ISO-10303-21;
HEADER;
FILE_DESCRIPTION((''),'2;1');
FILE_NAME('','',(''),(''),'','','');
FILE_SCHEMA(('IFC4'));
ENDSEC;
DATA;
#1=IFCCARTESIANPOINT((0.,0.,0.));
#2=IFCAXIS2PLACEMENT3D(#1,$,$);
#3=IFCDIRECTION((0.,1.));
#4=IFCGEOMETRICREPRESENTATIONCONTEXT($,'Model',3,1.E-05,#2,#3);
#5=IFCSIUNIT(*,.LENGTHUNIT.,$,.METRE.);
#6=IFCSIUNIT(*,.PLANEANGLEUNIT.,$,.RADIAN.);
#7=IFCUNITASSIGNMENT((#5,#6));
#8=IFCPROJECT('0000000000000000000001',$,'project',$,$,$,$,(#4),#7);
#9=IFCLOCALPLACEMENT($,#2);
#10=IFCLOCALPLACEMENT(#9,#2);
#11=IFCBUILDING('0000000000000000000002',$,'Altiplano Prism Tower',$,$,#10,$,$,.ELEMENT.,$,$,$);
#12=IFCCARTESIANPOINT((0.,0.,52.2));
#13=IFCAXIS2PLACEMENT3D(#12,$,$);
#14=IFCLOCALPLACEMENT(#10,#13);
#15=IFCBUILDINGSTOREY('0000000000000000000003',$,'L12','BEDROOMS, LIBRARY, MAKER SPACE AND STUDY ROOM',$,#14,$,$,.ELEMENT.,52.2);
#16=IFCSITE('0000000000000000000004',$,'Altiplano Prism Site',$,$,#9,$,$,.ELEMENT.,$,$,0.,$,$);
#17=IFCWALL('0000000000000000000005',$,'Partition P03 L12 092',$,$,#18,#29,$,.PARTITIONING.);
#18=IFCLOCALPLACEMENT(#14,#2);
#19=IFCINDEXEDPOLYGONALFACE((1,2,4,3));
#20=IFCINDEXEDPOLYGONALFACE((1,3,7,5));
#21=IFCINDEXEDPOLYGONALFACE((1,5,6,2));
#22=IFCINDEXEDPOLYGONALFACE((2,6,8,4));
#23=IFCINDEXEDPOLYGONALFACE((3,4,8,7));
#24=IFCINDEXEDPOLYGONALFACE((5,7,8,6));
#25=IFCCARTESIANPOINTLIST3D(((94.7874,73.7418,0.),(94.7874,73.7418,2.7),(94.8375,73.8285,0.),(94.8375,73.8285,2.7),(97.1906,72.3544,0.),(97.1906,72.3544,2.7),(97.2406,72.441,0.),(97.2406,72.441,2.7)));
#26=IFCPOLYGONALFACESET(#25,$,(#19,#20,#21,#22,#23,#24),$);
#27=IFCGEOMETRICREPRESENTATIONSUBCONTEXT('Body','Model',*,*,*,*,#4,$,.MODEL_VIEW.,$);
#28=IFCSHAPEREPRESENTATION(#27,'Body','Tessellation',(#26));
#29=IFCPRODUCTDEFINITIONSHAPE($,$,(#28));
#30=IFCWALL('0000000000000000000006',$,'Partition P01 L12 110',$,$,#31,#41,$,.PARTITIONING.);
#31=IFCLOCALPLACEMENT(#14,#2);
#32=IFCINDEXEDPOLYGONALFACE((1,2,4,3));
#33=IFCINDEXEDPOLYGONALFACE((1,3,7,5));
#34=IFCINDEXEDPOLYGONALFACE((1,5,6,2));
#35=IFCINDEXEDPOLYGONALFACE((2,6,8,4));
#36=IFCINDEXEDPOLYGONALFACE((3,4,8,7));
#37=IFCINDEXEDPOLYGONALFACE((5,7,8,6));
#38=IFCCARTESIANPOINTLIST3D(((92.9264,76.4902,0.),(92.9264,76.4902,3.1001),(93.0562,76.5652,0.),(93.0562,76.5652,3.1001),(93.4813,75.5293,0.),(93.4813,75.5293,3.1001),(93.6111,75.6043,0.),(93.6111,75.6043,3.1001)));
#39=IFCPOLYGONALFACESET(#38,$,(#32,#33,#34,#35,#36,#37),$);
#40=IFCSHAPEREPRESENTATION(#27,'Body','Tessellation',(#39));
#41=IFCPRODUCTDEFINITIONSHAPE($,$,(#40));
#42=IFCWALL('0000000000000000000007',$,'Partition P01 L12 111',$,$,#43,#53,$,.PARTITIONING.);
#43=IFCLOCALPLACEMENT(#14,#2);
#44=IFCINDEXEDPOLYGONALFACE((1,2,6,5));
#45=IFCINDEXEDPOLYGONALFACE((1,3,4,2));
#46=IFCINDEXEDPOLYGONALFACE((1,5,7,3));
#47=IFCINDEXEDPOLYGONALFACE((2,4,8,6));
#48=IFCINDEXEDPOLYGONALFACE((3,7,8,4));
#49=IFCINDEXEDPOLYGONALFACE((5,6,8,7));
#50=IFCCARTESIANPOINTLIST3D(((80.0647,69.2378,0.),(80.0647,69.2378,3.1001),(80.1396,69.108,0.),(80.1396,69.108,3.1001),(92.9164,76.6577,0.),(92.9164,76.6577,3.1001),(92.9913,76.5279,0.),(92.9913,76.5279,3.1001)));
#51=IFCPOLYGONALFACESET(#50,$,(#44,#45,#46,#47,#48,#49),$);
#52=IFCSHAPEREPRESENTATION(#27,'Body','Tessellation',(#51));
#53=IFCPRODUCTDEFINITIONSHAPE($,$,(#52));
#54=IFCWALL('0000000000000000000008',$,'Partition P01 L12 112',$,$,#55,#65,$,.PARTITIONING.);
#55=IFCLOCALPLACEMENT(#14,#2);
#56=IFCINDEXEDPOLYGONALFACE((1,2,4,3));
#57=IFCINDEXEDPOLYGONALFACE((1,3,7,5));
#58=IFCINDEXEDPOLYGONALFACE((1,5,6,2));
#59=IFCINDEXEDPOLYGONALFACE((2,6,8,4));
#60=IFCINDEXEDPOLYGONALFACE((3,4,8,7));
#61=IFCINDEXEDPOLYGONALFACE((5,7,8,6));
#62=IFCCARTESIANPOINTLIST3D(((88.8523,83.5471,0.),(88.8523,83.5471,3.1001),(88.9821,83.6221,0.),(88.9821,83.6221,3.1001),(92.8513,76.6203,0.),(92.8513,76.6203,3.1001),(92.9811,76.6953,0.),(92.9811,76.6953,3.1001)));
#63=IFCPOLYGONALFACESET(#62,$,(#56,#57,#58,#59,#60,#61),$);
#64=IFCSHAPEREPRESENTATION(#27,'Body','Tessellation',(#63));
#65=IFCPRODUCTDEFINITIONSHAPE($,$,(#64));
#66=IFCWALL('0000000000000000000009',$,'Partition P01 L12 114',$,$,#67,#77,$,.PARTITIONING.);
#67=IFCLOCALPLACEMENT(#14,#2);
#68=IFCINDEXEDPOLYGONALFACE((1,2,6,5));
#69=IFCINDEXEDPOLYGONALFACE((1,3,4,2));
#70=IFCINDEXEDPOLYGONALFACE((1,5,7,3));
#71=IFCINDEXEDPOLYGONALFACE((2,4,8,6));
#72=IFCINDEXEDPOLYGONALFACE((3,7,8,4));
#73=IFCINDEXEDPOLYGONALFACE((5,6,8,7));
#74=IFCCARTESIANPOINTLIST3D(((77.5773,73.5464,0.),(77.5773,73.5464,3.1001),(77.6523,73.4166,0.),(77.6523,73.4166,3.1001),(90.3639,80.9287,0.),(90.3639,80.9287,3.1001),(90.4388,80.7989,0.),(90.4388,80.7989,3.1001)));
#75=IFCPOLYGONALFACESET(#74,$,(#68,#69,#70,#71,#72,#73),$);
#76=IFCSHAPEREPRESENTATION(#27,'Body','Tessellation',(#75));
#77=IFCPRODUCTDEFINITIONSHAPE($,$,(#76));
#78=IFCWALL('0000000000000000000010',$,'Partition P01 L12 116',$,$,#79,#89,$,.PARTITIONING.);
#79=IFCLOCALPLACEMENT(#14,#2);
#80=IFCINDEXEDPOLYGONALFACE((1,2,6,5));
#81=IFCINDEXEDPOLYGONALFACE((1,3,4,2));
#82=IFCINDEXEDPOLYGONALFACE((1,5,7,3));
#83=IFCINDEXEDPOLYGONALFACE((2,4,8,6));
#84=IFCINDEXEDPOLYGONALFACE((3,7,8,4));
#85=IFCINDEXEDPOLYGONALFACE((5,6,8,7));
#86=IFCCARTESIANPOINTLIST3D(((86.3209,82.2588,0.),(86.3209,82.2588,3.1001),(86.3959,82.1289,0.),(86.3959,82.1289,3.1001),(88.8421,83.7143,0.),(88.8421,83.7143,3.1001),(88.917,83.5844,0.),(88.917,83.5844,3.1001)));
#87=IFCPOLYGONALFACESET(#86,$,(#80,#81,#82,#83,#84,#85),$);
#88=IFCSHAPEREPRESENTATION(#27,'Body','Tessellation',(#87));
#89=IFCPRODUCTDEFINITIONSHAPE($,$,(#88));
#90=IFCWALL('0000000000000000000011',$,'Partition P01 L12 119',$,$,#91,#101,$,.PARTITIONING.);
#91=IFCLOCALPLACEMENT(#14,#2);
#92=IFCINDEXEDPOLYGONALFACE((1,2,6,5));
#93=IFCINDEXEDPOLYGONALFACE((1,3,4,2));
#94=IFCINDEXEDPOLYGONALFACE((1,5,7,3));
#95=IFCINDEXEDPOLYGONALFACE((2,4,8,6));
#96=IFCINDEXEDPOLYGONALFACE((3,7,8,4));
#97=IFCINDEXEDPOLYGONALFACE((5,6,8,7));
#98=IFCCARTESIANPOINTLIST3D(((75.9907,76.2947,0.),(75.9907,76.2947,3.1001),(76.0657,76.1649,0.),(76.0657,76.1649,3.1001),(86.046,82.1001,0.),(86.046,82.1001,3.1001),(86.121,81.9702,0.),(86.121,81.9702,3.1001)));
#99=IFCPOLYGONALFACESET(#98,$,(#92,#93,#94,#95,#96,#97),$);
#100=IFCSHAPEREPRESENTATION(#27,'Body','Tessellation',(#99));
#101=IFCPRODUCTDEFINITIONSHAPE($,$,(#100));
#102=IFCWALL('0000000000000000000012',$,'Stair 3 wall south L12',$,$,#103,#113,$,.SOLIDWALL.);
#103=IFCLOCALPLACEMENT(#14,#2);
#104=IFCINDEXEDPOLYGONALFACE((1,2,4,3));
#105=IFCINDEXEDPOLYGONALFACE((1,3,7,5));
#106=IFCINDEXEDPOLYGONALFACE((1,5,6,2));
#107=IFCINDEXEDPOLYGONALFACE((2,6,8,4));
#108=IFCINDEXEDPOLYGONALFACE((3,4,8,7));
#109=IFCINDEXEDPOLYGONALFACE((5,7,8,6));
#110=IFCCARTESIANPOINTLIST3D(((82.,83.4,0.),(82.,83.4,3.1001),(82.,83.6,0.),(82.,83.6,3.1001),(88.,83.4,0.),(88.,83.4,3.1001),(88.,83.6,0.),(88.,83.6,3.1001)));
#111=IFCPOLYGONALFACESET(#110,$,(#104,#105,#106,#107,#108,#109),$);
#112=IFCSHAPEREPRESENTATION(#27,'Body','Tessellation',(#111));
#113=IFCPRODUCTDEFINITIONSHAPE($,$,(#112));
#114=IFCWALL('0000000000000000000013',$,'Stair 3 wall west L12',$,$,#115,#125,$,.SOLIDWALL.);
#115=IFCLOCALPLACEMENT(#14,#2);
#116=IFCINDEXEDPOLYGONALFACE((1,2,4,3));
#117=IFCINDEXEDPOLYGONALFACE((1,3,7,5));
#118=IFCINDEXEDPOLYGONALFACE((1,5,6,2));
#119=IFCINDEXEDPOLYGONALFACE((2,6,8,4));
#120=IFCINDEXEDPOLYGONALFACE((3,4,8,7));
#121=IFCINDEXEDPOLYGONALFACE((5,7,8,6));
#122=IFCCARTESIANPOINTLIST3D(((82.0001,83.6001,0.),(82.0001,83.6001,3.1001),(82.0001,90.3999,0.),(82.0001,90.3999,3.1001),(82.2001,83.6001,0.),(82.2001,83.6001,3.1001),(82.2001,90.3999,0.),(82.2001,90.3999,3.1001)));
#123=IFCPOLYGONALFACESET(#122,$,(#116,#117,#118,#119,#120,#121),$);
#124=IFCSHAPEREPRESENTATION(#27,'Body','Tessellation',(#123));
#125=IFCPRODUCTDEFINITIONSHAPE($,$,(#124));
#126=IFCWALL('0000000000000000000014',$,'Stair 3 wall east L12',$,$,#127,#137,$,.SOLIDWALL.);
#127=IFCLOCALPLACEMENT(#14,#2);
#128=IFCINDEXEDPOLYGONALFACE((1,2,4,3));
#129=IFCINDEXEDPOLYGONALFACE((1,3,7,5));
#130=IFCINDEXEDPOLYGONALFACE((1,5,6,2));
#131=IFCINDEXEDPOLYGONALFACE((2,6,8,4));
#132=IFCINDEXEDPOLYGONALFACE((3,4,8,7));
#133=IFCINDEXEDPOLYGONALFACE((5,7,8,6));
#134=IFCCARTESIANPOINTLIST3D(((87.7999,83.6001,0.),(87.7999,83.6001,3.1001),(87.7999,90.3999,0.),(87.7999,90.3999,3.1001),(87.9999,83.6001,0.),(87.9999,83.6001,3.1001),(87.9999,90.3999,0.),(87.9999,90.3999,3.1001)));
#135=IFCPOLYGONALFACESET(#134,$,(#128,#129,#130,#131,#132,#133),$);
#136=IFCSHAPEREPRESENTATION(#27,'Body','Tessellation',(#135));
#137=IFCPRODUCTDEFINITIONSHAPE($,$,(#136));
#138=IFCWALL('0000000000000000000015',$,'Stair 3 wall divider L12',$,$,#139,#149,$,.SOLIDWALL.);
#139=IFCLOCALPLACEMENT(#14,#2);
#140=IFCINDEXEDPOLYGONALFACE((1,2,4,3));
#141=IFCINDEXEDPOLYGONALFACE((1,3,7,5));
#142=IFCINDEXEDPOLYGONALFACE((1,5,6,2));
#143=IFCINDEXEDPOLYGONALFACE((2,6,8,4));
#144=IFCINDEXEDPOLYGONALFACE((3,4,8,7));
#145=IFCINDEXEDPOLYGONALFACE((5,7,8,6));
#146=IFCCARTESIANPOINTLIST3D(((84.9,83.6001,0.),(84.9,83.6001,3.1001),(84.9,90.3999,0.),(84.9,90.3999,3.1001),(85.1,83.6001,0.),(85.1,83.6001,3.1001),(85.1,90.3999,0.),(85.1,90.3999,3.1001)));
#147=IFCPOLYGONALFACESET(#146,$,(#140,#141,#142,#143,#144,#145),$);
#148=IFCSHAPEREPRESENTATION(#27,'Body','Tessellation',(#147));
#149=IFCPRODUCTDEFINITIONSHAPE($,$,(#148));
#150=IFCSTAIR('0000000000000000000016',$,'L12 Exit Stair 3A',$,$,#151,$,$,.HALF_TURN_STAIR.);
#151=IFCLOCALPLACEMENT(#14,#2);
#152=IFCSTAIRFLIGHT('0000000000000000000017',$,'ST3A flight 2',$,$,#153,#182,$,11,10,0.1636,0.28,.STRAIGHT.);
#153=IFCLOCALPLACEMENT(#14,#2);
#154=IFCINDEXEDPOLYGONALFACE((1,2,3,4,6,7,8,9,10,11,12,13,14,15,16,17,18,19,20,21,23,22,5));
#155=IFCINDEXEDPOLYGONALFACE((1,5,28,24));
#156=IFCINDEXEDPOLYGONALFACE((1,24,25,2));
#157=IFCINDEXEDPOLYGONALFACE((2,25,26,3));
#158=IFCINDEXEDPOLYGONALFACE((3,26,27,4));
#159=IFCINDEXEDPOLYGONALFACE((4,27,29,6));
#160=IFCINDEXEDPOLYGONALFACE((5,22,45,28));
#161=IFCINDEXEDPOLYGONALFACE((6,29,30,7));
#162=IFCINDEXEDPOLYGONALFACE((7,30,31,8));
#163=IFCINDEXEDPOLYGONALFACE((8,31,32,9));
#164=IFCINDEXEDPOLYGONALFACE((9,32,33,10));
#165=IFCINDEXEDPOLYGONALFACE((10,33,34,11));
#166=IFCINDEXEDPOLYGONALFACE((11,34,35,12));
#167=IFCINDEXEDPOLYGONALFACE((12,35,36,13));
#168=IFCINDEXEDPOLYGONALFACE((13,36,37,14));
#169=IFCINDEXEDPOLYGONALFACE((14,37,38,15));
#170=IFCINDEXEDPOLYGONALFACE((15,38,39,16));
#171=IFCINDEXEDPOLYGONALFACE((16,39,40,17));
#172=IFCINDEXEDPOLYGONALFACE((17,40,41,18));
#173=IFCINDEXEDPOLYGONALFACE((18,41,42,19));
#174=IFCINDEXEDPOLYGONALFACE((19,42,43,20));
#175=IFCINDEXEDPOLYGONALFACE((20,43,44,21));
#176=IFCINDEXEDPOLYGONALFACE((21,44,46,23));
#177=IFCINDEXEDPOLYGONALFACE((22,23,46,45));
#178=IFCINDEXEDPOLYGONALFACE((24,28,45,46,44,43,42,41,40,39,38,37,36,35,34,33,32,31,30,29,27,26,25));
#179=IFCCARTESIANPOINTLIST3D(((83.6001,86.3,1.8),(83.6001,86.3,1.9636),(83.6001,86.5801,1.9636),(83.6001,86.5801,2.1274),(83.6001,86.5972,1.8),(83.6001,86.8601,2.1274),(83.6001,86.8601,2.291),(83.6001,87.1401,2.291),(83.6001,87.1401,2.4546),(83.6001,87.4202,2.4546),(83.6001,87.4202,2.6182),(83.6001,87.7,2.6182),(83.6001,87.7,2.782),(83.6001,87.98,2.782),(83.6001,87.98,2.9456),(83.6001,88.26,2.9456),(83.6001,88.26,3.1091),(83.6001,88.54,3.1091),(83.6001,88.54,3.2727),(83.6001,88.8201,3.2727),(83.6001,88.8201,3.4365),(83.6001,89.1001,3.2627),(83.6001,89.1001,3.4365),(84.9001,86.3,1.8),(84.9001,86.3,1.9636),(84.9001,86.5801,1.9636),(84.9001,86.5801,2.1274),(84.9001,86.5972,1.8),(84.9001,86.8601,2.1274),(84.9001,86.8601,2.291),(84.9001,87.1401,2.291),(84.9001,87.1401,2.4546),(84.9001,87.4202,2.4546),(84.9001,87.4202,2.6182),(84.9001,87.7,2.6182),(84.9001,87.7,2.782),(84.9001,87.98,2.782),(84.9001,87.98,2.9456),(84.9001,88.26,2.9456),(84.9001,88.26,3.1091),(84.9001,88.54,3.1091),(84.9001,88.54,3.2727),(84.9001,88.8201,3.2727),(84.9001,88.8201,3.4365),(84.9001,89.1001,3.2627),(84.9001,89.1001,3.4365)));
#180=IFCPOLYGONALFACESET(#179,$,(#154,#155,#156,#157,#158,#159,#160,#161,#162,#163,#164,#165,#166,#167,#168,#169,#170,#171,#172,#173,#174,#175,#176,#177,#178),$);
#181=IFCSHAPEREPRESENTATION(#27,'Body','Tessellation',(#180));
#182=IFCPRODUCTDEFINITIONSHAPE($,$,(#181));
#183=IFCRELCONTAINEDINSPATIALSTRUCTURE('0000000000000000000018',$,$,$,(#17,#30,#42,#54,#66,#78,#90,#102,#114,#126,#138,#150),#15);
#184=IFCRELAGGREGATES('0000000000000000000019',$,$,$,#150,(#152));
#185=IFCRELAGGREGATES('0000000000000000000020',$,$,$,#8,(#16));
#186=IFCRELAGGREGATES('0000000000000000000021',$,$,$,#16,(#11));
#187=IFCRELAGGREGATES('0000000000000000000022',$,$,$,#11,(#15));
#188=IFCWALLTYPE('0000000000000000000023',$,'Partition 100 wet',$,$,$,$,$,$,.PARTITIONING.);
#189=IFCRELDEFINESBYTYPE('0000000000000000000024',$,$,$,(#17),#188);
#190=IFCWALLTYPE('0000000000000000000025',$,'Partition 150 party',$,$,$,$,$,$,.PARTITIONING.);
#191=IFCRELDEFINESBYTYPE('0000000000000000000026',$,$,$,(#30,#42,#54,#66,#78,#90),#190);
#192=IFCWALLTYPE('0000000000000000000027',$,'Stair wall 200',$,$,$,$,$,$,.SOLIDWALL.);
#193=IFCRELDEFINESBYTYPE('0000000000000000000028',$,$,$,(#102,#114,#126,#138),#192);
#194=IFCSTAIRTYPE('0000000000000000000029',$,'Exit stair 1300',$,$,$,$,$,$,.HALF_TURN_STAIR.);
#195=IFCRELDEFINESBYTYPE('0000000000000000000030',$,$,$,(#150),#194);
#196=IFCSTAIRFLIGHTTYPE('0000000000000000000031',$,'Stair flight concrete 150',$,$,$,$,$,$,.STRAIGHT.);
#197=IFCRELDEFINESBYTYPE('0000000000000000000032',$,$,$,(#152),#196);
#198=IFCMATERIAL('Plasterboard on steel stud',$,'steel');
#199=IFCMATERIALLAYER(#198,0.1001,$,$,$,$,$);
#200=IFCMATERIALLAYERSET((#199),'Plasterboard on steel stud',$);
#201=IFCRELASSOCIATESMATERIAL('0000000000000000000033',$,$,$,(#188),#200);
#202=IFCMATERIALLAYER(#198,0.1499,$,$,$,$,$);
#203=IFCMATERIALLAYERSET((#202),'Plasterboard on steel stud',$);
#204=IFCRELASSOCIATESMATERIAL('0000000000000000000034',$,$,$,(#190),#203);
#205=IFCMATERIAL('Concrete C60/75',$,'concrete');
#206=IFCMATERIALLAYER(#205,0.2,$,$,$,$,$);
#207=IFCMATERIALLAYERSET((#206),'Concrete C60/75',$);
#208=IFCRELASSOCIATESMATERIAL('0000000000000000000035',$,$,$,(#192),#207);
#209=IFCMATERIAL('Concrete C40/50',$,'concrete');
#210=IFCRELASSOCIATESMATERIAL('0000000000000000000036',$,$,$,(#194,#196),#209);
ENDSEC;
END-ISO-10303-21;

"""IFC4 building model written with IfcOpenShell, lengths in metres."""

from ifc_helpers import new_model, si_unit, direction, frame, frame_2d, origin, place, context, subcontext, project, spatial, polyline, rectangle, outline, extrude, material, layer, layer_set, type_object, element, aggregate, save


model = new_model("IFC4")

# Units and contexts
model_context = context("Model", 3, precision=1e-05, world=origin(), true_north=direction((0.0, 1.0)))
body_context = subcontext(model_context, "Body", "Model", "MODEL_VIEW")
ifc_project = project(units=[si_unit("LENGTHUNIT", "METRE"), si_unit("PLANEANGLEUNIT", "RADIAN")], contexts=[model_context])

# Site, building, storey
site_placement = place(None, origin())
site = spatial("IfcSite", under=ifc_project, at=site_placement, Name="Altiplano Prism Site", CompositionType="ELEMENT", RefElevation=0.0)
building_placement = place(site_placement, origin())
building = spatial("IfcBuilding", under=site, at=building_placement, Name="Altiplano Prism Tower", CompositionType="ELEMENT")
storey_placement = place(building_placement, frame((0.0, 0.0, 52.2)))
storey = spatial("IfcBuildingStorey", under=building, at=storey_placement, Name="L12", Description="BEDROOMS, LIBRARY, MAKER SPACE AND STUDY ROOM", CompositionType="ELEMENT", Elevation=52.2)

# Shared definitions
ifc_material_1 = material(Name="Concrete C60/75", Category="concrete")

# Shared definitions
ifc_material_2 = material(Name="Plasterboard on steel stud", Category="steel")

# Walls
ifc_layer_1 = layer(ifc_material_2, 0.1001)
ifc_layer_set_1 = layer_set([ifc_layer_1], Name="Plasterboard on steel stud")
wall_type_1 = type_object("IfcWallType", Name="Partition 100 wet", PredefinedType="PARTITIONING", material=ifc_layer_set_1)
wall_1_placement = place(storey_placement, frame((97.2156, 72.3977, 0.0), z_axis=(0.0, 0.0, 1.0), x_axis=(-0.86602, 0.500009, 0.0)))
element("IfcWall", 1, at=wall_1_placement, inside=storey, type_object=wall_type_1, Name="Partition P03 L12 092", PredefinedType="PARTITIONING", context=body_context, shape_type="SweptSolid", body=[
    extrude(rectangle(XDim=2.7749, YDim=0.1001, at=frame_2d((1.3875, 0.0))), origin(), (0.0, 0.0, 1.0), 2.7),
])
ifc_layer_2 = layer(ifc_material_2, 0.1499)
ifc_layer_set_2 = layer_set([ifc_layer_2], Name="Plasterboard on steel stud")
wall_type_2 = type_object("IfcWallType", Name="Partition 150 party", PredefinedType="PARTITIONING", material=ifc_layer_set_2)
wall_2_placement = place(storey_placement, frame((93.5461, 75.5669, 0.0), z_axis=(0.0, 0.0, 1.0), x_axis=(-0.500091, 0.865973, 0.0)))
element("IfcWall", 2, at=wall_2_placement, inside=storey, type_object=wall_type_2, Name="Partition P01 L12 110", PredefinedType="PARTITIONING", context=body_context, shape_type="SweptSolid", body=[
    extrude(rectangle(XDim=1.1096, YDim=0.1499, at=frame_2d((0.5547, 0.0))), origin(), (0.0, 0.0, 1.0), 3.1001),
])
wall_3_placement = place(storey_placement, frame((92.9539, 76.5928, 0.0), z_axis=(0.0, 0.0, 1.0), x_axis=(-0.866028, -0.499996, 0.0)))
element("IfcWall", 3, at=wall_3_placement, inside=storey, type_object=wall_type_2, Name="Partition P01 L12 111", PredefinedType="PARTITIONING", context=body_context, shape_type="SweptSolid", body=[
    extrude(rectangle(XDim=14.8398, YDim=0.1499, at=frame_2d((7.4199, 0.0))), origin(), (0.0, 0.0, 1.0), 3.1001),
])
wall_4_placement = place(storey_placement, frame((88.9172, 83.5845, 0.0), z_axis=(0.0, 0.0, 1.0), x_axis=(0.499987, -0.866033, 0.0)))
element("IfcWall", 4, at=wall_4_placement, inside=storey, type_object=wall_type_2, Name="Partition P01 L12 112", PredefinedType="PARTITIONING", context=body_context, shape_type="SweptSolid", body=[
    extrude(rectangle(XDim=7.9983, YDim=0.1499, at=frame_2d((3.999, 0.0))), origin(), (0.0, 0.0, 1.0), 3.1001),
])
wall_5_placement = place(storey_placement, frame((90.4014, 80.8638, 0.0), z_axis=(0.0, 0.0, 1.0), x_axis=(-0.866026, -0.499998, 0.0)))
element("IfcWall", 5, at=wall_5_placement, inside=storey, type_object=wall_type_2, Name="Partition P01 L12 114", PredefinedType="PARTITIONING", context=body_context, shape_type="SweptSolid", body=[
    extrude(rectangle(XDim=14.7646, YDim=0.1499, at=frame_2d((7.3823, 0.0))), origin(), (0.0, 0.0, 1.0), 3.1001),
])
wall_6_placement = place(storey_placement, frame((86.3584, 82.1938, 0.0), z_axis=(0.0, 0.0, 1.0), x_axis=(0.866036, 0.499981, 0.0)))
element("IfcWall", 6, at=wall_6_placement, inside=storey, type_object=wall_type_2, Name="Partition P01 L12 116", PredefinedType="PARTITIONING", context=body_context, shape_type="SweptSolid", body=[
    extrude(rectangle(XDim=2.9111, YDim=0.1499, at=frame_2d((1.4556, 0.0))), origin(), (0.0, 0.0, 1.0), 3.1001),
])
wall_7_placement = place(storey_placement, frame((86.0835, 82.0352, 0.0), z_axis=(0.0, 0.0, 1.0), x_axis=(-0.866028, -0.499995, 0.0)))
element("IfcWall", 7, at=wall_7_placement, inside=storey, type_object=wall_type_2, Name="Partition P01 L12 119", PredefinedType="PARTITIONING", context=body_context, shape_type="SweptSolid", body=[
    extrude(rectangle(XDim=11.6108, YDim=0.1499, at=frame_2d((5.8054, 0.0))), origin(), (0.0, 0.0, 1.0), 3.1001),
])
ifc_layer_3 = layer(ifc_material_1, 0.2)
ifc_layer_set_3 = layer_set([ifc_layer_3], Name="Concrete C60/75")
wall_type_3 = type_object("IfcWallType", Name="Stair wall 200", PredefinedType="SOLIDWALL", material=ifc_layer_set_3)
wall_8_placement = place(storey_placement, frame((82.0, 83.5, 0.0), z_axis=(0.0, 0.0, 1.0), x_axis=(1.0, 0.0, 0.0)))
element("IfcWall", 8, at=wall_8_placement, inside=storey, type_object=wall_type_3, Name="Stair 3 wall south L12", PredefinedType="SOLIDWALL", context=body_context, shape_type="SweptSolid", body=[
    extrude(rectangle(XDim=6.0, YDim=0.2, at=frame_2d((3.0, 0.0))), origin(), (0.0, 0.0, 1.0), 3.1001),
])
for number, where, z_axis, x_axis, name in (
    (9, (82.1001, 83.6001, 0.0), (0.0, 0.0, 1.0), (0.0, 1.0, 0.0), "Stair 3 wall west L12"),
    (10, (87.8999, 83.6001, 0.0), (0.0, 0.0, 1.0), (0.0, 1.0, 0.0), "Stair 3 wall east L12"),
    (11, (85.0, 83.6001, 0.0), (0.0, 0.0, 1.0), (0.0, 1.0, 0.0), "Stair 3 wall divider L12"),
):
    element("IfcWall", number, at=place(storey_placement, frame(where, z_axis=z_axis, x_axis=x_axis)), inside=storey, type_object=wall_type_3, Name=name, PredefinedType="SOLIDWALL", context=body_context, shape_type="SweptSolid", body=[
        extrude(rectangle(XDim=6.7998, YDim=0.2, at=frame_2d((3.3999, 0.0))), origin(), (0.0, 0.0, 1.0), 3.1001),
    ])

# Stair, stair flight
ifc_material_3 = material(Name="Concrete C40/50", Category="concrete")
stair_type = type_object("IfcStairType", Name="Exit stair 1300", PredefinedType="HALF_TURN_STAIR", material=ifc_material_3)
stair_placement = place(storey_placement, origin())
stair = element("IfcStair", 12, at=stair_placement, inside=storey, type_object=stair_type, Name="L12 Exit Stair 3A", PredefinedType="HALF_TURN_STAIR")
stair_flight_type = type_object("IfcStairFlightType", Name="Stair flight concrete 150", PredefinedType="STRAIGHT", material=ifc_material_3)
stair_flight_placement = place(storey_placement, frame((84.25, 86.3, 1.8), z_axis=(0.0, 0.0, 1.0), x_axis=(0.0, 1.0, 0.0)))
stair_flight = element("IfcStairFlight", 13, at=stair_flight_placement, type_object=stair_flight_type, Name="ST3A flight 2", NumberOfRisers=11, NumberOfTreads=10, PredefinedType="STRAIGHT", RiserHeight=0.1636, TreadLength=0.28, context=body_context, shape_type="SweptSolid", body=[
    extrude(outline(polyline([(0.0, 0.0), (0.0, 0.1636), (0.28, 0.1636), (0.28, 0.3274), (0.5601, 0.3274), (0.5601, 0.491), (0.8401, 0.491), (0.8401, 0.6545), (1.1201, 0.6545), (1.1201, 0.8181), (1.3999, 0.8181), (1.3999, 0.9819), (1.6799, 0.9819), (1.6799, 1.1455), (1.96, 1.1455), (1.96, 1.3091), (2.24, 1.3091), (2.24, 1.4727), (2.52, 1.4727), (2.52, 1.6365), (2.8, 1.6365), (2.8, 1.8), (2.8, 1.4626), (0.2971, 0.0), (0.0, 0.0)])), frame((0.0, 0.6499, 0.0), z_axis=(0.0, -1.0, 0.0), x_axis=(1.0, 0.0, 0.0)), (0.0, 0.0, 1.0), 1.3),
])
aggregate(stair, [stair_flight])

save(model, "model.ifc")
